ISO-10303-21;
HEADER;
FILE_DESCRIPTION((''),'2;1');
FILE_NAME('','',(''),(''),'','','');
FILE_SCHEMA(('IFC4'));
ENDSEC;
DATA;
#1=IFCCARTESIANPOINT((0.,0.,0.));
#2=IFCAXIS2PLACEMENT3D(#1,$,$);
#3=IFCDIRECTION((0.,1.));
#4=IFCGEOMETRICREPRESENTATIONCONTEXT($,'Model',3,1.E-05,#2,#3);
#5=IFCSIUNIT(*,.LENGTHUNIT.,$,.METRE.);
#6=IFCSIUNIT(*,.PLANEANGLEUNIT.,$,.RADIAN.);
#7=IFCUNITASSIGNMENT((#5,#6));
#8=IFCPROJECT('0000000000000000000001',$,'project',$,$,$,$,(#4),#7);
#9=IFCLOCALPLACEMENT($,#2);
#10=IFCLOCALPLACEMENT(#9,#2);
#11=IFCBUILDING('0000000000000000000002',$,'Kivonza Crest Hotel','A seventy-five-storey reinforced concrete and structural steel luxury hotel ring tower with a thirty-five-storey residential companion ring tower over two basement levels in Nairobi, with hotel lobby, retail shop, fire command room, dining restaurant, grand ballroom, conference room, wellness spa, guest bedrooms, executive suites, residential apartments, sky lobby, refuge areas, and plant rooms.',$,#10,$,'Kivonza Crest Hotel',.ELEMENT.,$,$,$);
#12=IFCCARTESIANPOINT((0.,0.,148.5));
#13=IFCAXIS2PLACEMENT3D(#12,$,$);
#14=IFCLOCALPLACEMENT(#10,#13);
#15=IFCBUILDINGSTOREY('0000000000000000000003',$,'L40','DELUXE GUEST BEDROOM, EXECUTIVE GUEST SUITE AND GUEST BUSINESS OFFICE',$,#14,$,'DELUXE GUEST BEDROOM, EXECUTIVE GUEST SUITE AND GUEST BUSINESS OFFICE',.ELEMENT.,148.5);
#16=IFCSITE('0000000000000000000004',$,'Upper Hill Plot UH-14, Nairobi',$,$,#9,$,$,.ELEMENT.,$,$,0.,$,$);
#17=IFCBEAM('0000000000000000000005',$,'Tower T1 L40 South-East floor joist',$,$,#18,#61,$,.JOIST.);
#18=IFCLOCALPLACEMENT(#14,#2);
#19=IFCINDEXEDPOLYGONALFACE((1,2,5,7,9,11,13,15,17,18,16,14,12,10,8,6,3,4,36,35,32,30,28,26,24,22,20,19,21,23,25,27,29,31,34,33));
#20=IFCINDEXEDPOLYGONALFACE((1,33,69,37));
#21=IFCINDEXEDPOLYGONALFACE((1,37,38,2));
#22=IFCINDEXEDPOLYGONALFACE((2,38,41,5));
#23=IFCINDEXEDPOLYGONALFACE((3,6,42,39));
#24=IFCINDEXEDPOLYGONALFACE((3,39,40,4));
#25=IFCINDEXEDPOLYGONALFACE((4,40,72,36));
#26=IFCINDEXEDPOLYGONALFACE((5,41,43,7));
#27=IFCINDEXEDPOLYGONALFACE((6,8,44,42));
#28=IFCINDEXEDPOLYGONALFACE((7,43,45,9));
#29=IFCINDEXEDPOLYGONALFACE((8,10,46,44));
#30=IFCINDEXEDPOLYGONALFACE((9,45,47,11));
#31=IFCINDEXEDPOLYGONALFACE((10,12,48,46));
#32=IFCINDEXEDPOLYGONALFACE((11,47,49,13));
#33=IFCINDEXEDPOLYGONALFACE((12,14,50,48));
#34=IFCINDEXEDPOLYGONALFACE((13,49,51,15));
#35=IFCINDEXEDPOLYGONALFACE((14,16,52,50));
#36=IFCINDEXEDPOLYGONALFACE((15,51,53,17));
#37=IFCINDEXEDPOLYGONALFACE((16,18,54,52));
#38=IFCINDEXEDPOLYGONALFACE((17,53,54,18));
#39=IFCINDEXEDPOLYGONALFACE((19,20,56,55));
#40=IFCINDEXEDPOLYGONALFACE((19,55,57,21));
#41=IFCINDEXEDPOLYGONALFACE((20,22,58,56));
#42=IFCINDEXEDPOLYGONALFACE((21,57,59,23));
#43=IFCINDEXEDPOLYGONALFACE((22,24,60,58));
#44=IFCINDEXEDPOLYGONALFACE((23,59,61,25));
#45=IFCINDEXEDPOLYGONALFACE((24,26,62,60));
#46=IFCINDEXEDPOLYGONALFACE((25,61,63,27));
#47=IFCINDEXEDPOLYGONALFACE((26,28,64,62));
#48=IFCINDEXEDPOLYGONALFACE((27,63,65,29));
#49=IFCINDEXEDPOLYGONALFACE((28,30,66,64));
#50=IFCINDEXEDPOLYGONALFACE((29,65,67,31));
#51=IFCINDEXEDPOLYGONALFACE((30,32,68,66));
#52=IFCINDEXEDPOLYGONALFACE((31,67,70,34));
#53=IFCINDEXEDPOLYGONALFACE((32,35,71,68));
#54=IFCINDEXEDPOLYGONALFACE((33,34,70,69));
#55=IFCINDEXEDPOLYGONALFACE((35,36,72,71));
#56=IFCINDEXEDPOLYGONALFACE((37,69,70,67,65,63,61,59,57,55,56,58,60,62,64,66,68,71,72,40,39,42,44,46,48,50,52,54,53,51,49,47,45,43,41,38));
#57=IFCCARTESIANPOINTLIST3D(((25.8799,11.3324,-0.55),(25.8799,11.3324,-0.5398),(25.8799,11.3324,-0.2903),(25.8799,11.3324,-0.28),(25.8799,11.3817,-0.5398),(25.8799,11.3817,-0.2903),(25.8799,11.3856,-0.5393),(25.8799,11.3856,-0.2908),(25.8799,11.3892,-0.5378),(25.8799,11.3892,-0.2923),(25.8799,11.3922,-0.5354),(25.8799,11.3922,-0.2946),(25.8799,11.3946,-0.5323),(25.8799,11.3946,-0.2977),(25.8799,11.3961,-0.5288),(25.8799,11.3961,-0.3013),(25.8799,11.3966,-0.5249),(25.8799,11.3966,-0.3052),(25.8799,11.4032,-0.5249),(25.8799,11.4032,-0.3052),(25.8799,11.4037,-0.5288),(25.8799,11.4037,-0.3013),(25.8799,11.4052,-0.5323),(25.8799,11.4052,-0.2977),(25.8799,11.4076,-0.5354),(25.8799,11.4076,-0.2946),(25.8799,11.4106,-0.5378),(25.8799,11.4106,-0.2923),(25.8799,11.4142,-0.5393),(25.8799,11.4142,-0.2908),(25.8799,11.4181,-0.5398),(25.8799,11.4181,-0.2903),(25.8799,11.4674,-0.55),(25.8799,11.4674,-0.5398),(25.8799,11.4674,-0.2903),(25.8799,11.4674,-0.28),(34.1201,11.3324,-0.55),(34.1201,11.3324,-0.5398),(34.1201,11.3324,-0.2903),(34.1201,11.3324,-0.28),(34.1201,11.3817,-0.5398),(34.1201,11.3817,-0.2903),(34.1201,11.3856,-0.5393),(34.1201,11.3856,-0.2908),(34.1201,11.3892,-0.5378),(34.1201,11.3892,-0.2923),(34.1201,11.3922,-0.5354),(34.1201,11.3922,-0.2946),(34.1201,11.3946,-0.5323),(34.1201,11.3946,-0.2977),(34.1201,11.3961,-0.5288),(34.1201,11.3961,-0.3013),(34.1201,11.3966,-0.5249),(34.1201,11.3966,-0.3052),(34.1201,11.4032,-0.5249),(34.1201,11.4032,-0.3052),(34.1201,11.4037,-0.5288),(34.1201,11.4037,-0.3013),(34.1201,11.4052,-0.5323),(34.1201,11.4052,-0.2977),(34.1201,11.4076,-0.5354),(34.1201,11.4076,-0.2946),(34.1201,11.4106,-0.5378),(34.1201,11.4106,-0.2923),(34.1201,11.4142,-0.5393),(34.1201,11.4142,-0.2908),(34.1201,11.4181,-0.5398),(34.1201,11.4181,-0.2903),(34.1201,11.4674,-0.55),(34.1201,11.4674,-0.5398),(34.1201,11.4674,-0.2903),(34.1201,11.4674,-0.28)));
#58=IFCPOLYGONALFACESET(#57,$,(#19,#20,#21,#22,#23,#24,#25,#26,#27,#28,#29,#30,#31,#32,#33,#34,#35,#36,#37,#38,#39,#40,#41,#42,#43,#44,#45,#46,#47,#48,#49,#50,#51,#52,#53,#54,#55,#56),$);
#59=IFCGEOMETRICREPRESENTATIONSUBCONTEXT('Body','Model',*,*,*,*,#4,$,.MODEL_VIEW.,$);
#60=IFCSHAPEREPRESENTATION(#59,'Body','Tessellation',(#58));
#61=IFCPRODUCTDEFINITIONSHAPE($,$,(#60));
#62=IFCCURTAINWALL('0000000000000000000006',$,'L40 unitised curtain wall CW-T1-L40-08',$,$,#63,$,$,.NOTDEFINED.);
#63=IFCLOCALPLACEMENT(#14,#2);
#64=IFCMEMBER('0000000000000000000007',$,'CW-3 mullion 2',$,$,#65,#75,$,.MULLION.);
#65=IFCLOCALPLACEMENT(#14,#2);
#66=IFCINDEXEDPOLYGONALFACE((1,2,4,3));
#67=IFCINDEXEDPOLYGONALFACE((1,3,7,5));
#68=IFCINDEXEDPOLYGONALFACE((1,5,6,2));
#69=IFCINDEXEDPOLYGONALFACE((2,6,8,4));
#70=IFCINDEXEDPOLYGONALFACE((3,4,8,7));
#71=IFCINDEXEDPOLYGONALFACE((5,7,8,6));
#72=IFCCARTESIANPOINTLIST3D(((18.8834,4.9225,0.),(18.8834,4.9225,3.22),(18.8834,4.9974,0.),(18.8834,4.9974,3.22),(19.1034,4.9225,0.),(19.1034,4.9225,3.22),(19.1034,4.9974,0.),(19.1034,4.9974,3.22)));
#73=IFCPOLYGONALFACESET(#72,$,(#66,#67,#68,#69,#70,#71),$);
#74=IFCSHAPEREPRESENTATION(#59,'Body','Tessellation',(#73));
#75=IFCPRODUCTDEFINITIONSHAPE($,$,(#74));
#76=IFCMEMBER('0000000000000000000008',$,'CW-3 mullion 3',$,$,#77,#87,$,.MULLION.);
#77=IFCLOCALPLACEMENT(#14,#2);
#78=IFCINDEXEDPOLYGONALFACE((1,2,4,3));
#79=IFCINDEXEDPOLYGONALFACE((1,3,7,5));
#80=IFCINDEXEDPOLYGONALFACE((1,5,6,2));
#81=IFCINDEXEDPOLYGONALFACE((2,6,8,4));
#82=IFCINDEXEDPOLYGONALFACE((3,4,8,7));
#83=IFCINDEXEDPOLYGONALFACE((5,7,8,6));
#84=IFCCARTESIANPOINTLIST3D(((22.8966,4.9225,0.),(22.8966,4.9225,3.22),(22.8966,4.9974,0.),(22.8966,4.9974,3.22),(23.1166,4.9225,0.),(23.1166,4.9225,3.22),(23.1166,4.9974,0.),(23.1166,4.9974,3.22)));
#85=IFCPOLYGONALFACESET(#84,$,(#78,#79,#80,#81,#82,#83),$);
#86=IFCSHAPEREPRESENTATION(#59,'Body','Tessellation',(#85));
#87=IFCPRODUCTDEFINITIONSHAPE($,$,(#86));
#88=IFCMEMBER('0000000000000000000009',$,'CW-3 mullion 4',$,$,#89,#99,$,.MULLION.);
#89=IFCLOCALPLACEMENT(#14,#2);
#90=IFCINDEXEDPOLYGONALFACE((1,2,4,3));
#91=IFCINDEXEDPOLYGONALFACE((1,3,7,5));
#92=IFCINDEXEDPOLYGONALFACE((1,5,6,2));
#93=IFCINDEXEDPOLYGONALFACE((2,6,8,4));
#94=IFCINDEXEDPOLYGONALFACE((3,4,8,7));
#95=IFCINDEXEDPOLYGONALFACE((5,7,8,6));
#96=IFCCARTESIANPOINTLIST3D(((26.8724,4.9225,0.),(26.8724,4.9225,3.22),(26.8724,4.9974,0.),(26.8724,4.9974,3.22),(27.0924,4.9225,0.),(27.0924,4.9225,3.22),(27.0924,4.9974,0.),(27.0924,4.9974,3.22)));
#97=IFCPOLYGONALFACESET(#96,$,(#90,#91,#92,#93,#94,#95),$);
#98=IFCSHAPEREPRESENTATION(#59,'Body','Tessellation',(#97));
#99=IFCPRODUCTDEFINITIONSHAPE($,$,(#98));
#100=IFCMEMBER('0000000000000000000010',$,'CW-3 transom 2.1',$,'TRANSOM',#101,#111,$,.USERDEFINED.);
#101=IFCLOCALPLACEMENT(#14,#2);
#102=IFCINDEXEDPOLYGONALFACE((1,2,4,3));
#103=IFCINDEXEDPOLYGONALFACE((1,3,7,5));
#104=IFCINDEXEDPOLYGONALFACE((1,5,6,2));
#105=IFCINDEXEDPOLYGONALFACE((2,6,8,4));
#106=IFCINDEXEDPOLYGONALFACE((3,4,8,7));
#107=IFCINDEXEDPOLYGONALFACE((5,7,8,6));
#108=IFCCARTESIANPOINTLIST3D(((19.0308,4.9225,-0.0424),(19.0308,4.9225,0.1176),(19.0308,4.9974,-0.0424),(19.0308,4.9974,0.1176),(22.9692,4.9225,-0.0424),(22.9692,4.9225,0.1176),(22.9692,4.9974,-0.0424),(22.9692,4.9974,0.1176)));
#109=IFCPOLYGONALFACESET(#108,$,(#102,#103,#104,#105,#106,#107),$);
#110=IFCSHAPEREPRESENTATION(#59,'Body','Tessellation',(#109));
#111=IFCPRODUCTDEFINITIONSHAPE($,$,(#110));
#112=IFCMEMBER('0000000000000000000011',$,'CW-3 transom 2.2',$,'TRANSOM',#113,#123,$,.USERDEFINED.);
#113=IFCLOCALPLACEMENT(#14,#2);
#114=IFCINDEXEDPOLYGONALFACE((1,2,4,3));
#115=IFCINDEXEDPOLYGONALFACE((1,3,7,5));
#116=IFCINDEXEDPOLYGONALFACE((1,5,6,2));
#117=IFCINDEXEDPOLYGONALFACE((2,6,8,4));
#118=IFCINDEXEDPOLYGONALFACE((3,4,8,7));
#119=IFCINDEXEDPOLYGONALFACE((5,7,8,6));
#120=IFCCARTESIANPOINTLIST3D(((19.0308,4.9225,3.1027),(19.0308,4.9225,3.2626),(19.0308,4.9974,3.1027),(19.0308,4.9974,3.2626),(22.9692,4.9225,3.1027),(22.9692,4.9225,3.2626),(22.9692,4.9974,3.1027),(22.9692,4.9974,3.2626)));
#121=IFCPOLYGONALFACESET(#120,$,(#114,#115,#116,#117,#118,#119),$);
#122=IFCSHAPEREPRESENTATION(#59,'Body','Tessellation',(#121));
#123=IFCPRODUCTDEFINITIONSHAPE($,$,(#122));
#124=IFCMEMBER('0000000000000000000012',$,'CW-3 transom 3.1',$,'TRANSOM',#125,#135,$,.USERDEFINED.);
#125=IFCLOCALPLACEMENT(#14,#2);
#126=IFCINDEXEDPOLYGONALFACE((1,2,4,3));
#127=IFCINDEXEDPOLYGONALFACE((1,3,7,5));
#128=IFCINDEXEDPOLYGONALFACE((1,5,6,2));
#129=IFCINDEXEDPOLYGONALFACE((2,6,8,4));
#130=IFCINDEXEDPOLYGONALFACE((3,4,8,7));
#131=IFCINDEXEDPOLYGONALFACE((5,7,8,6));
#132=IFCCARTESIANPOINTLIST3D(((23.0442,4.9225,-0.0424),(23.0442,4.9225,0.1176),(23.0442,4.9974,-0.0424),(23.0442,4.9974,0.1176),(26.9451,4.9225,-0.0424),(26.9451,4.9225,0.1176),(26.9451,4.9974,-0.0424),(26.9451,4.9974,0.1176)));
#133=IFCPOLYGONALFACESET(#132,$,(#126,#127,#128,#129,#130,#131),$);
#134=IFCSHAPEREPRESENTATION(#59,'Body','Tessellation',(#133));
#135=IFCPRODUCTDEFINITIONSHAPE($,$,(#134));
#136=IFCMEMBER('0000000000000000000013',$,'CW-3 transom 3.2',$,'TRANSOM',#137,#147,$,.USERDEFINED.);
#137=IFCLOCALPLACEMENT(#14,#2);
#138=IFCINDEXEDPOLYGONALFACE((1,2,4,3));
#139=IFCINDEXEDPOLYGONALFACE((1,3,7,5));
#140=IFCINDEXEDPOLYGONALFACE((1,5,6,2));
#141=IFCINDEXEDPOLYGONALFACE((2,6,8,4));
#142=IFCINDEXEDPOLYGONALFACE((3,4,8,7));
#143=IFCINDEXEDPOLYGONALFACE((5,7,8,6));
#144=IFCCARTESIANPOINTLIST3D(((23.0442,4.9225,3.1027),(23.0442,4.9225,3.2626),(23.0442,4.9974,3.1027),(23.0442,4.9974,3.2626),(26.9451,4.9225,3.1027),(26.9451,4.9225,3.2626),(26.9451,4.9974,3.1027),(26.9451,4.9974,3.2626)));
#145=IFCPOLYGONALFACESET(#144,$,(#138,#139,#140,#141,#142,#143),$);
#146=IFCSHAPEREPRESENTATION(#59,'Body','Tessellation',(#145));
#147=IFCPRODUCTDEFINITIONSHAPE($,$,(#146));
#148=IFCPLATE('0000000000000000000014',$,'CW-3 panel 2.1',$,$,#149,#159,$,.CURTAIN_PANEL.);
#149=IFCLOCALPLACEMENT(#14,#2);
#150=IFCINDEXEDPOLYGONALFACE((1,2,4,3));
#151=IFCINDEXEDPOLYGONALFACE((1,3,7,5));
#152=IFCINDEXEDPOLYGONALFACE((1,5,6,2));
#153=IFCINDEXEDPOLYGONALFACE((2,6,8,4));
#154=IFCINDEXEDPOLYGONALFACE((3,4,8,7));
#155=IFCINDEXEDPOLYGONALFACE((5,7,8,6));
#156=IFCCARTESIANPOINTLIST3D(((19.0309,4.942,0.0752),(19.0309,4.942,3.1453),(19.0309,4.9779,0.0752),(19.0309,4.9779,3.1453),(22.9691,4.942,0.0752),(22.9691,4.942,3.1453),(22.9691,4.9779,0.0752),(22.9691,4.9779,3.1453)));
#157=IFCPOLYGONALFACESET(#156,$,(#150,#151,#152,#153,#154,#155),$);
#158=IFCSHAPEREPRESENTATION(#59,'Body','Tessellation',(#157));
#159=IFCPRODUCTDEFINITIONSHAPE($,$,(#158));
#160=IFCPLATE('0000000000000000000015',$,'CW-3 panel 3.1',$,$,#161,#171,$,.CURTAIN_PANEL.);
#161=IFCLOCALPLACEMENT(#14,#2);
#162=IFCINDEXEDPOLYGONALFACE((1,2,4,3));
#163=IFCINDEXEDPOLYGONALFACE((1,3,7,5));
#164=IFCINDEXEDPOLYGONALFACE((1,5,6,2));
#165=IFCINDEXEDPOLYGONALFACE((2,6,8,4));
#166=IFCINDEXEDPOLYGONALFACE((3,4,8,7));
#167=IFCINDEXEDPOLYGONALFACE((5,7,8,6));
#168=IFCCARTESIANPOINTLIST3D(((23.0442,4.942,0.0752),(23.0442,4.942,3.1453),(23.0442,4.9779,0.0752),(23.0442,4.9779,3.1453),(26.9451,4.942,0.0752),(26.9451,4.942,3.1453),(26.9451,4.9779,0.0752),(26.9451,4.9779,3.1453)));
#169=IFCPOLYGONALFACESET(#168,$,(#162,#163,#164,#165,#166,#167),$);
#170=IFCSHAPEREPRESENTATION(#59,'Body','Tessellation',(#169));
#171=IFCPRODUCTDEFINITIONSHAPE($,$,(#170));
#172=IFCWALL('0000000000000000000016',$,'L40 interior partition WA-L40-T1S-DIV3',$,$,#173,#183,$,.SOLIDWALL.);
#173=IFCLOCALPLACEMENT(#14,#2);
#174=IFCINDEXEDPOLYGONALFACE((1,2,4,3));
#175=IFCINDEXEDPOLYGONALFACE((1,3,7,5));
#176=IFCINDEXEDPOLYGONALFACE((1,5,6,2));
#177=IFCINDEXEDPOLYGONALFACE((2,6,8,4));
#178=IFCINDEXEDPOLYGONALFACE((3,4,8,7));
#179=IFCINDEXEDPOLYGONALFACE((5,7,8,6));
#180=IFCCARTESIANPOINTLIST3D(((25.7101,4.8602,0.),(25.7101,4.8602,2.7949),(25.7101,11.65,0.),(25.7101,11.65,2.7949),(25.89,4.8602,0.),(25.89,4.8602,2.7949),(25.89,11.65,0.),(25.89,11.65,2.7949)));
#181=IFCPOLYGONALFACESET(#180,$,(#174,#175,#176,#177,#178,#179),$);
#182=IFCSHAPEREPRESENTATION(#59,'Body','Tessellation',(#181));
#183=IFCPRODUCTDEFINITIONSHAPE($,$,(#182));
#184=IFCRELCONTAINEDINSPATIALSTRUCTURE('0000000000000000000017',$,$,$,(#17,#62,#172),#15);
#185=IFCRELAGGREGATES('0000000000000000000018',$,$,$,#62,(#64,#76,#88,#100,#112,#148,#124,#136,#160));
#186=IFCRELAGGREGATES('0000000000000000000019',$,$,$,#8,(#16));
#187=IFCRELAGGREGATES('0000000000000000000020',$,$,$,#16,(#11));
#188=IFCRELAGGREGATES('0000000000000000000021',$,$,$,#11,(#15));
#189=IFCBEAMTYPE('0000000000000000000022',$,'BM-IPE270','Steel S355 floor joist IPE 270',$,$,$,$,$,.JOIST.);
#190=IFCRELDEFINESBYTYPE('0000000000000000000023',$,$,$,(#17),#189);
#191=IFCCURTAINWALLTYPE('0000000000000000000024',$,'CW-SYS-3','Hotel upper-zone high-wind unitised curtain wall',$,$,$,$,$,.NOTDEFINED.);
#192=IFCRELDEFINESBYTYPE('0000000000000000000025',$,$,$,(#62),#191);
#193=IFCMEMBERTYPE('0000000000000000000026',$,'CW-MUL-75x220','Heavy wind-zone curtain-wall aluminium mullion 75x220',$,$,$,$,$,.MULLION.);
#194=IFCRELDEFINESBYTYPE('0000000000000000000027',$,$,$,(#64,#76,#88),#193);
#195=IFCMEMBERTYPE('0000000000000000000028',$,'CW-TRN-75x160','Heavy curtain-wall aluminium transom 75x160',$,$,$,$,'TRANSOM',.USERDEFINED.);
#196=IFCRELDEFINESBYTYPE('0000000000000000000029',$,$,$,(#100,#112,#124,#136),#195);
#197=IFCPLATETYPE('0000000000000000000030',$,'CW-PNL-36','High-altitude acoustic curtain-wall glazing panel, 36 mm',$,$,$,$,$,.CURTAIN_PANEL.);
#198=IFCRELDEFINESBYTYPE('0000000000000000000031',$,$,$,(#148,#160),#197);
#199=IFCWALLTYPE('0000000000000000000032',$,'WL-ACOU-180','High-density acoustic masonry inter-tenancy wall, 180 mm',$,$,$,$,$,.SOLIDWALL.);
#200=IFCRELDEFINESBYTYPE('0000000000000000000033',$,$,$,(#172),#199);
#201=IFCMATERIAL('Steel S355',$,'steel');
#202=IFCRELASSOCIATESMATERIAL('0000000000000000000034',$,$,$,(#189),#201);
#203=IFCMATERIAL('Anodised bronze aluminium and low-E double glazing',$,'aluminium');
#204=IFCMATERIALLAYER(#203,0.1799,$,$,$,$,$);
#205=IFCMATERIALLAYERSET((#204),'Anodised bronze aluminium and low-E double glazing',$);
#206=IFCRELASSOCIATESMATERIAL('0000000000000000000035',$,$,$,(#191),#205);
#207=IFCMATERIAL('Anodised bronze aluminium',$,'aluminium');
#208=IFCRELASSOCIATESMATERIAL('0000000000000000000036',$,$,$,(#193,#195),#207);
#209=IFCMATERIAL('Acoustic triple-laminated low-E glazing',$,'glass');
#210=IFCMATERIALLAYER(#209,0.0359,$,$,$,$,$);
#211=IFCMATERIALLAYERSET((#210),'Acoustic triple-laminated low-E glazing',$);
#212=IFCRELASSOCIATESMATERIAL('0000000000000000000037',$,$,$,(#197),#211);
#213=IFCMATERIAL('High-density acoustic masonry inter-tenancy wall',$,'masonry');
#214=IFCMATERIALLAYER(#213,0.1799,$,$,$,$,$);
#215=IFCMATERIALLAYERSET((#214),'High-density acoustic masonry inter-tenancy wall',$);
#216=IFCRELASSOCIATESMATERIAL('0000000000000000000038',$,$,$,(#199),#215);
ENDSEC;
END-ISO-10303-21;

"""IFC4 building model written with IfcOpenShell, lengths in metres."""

from ifc_helpers import new_model, si_unit, direction, frame, frame_2d, origin, origin_2d, place, context, subcontext, project, spatial, rectangle, i_section, extrude, material, layer, layer_set, material_profile, profile_set, type_object, element, aggregate, save


model = new_model("IFC4")

# Units and contexts
model_context = context("Model", 3, precision=1e-05, world=origin(), true_north=direction((0.0, 1.0)))
body_context = subcontext(model_context, "Body", "Model", "MODEL_VIEW")
ifc_project = project(units=[si_unit("LENGTHUNIT", "METRE"), si_unit("PLANEANGLEUNIT", "RADIAN")], contexts=[model_context])

# Site, building, storey
site_placement = place(None, origin())
site = spatial("IfcSite", under=ifc_project, at=site_placement, Name="Upper Hill Plot UH-14, Nairobi", CompositionType="ELEMENT", RefElevation=0.0)
building_placement = place(site_placement, origin())
building = spatial("IfcBuilding", under=site, at=building_placement, Name="Kivonza Crest Hotel", Description="A seventy-five-storey reinforced concrete and structural steel luxury hotel ring tower with a thirty-five-storey residential companion ring tower over two basement levels in Nairobi, with hotel lobby, retail shop, fire command room, dining restaurant, grand ballroom, conference room, wellness spa, guest bedrooms, executive suites, residential apartments, sky lobby, refuge areas, and plant rooms.", LongName="Kivonza Crest Hotel", CompositionType="ELEMENT")
storey_placement = place(building_placement, frame((0.0, 0.0, 148.5)))
storey = spatial("IfcBuildingStorey", under=building, at=storey_placement, Name="L40", Description="DELUXE GUEST BEDROOM, EXECUTIVE GUEST SUITE AND GUEST BUSINESS OFFICE", LongName="DELUXE GUEST BEDROOM, EXECUTIVE GUEST SUITE AND GUEST BUSINESS OFFICE", CompositionType="ELEMENT", Elevation=148.5)

# Beam
ifc_material_1 = material(Name="Steel S355", Category="steel")
ifc_material_profile_1 = material_profile(ifc_material_1, i_section(OverallWidth=0.135, OverallDepth=0.27, WebThickness=0.0066, FlangeThickness=0.0103, FilletRadius=0.0149, at=origin_2d()), Name="IPE 270")
ifc_profile_set_1 = profile_set([ifc_material_profile_1], Name="Steel S355")
beam_type_1 = type_object("IfcBeamType", Name="BM-IPE270", Description="Steel S355 floor joist IPE 270", PredefinedType="JOIST", material=ifc_profile_set_1)
beam_1_placement = place(storey_placement, frame((25.8799, 11.3999, -0.415), z_axis=(1.0, 0.0, 0.0), x_axis=(0.0, 1.0, 0.0)))
element("IfcBeam", 1, at=beam_1_placement, inside=storey, type_object=beam_type_1, Name="Tower T1 L40 South-East floor joist", PredefinedType="JOIST", context=body_context, shape_type="SweptSolid", body=[
    extrude(i_section(OverallWidth=0.135, OverallDepth=0.27, WebThickness=0.0066, FlangeThickness=0.0103, FilletRadius=0.0149, at=origin_2d()), origin(), (0.0, 0.0, 1.0), 8.2402),
])

# Curtain wall, members, plates
ifc_material_2 = material(Name="Anodised bronze aluminium and low-E double glazing", Category="aluminium")
ifc_layer_1 = layer(ifc_material_2, 0.1799)
ifc_layer_set_1 = layer_set([ifc_layer_1], Name="Anodised bronze aluminium and low-E double glazing")
curtain_wall_type = type_object("IfcCurtainWallType", Name="CW-SYS-3", Description="Hotel upper-zone high-wind unitised curtain wall", PredefinedType="NOTDEFINED", material=ifc_layer_set_1)
curtain_wall_placement = place(storey_placement, origin())
curtain_wall = element("IfcCurtainWall", 2, at=curtain_wall_placement, inside=storey, type_object=curtain_wall_type, Name="L40 unitised curtain wall CW-T1-L40-08", PredefinedType="NOTDEFINED")
ifc_material_3 = material(Name="Anodised bronze aluminium", Category="aluminium")
ifc_material_profile_2 = material_profile(ifc_material_3, rectangle(XDim=0.075, YDim=0.22, at=origin_2d()), Name="CW-M 75x220")
ifc_profile_set_2 = profile_set([ifc_material_profile_2], Name="Anodised bronze aluminium")
member_type_1 = type_object("IfcMemberType", Name="CW-MUL-75x220", Description="Heavy wind-zone curtain-wall aluminium mullion 75x220", PredefinedType="MULLION", material=ifc_profile_set_2)
member_1_placement = place(storey_placement, frame((18.9934, 4.96, 0.0), z_axis=(0.0, 0.0, 1.0), x_axis=(0.0, 1.0, 0.0)))
member_1 = element("IfcMember", 3, at=member_1_placement, type_object=member_type_1, Name="CW-3 mullion 2", PredefinedType="MULLION", context=body_context, shape_type="SweptSolid", body=[
    extrude(rectangle(XDim=0.075, YDim=0.22, at=origin_2d()), origin(), (0.0, 0.0, 1.0), 3.22),
])
member_2_placement = place(storey_placement, frame((23.0066, 4.96, 0.0), z_axis=(0.0, 0.0, 1.0), x_axis=(0.0, 1.0, 0.0)))
member_2 = element("IfcMember", 4, at=member_2_placement, type_object=member_type_1, Name="CW-3 mullion 3", PredefinedType="MULLION", context=body_context, shape_type="SweptSolid", body=[
    extrude(rectangle(XDim=0.075, YDim=0.22, at=origin_2d()), origin(), (0.0, 0.0, 1.0), 3.22),
])
member_3_placement = place(storey_placement, frame((26.9824, 4.96, 0.0), z_axis=(0.0, 0.0, 1.0), x_axis=(0.0, 1.0, 0.0)))
member_3 = element("IfcMember", 5, at=member_3_placement, type_object=member_type_1, Name="CW-3 mullion 4", PredefinedType="MULLION", context=body_context, shape_type="SweptSolid", body=[
    extrude(rectangle(XDim=0.075, YDim=0.22, at=origin_2d()), origin(), (0.0, 0.0, 1.0), 3.22),
])
ifc_material_profile_3 = material_profile(ifc_material_3, rectangle(XDim=0.075, YDim=0.1599, at=origin_2d()), Name="CW-T 75x160")
ifc_profile_set_3 = profile_set([ifc_material_profile_3], Name="Anodised bronze aluminium")
member_type_2 = type_object("IfcMemberType", Name="CW-TRN-75x160", Description="Heavy curtain-wall aluminium transom 75x160", ElementType="TRANSOM", PredefinedType="USERDEFINED", material=ifc_profile_set_3)
member_4_placement = place(storey_placement, frame((19.0308, 4.96, 0.0376), z_axis=(1.0, 0.0, 0.0), x_axis=(0.0, 1.0, 0.0)))
member_4 = element("IfcMember", 6, at=member_4_placement, type_object=member_type_2, Name="CW-3 transom 2.1", ObjectType="TRANSOM", PredefinedType="USERDEFINED", context=body_context, shape_type="SweptSolid", body=[
    extrude(rectangle(XDim=0.075, YDim=0.1599, at=origin_2d()), origin(), (0.0, 0.0, 1.0), 3.9385),
])
member_5_placement = place(storey_placement, frame((19.0308, 4.96, 3.1826), z_axis=(1.0, 0.0, 0.0), x_axis=(0.0, 1.0, 0.0)))
member_5 = element("IfcMember", 7, at=member_5_placement, type_object=member_type_2, Name="CW-3 transom 2.2", ObjectType="TRANSOM", PredefinedType="USERDEFINED", context=body_context, shape_type="SweptSolid", body=[
    extrude(rectangle(XDim=0.075, YDim=0.1599, at=origin_2d()), origin(), (0.0, 0.0, 1.0), 3.9385),
])
member_6_placement = place(storey_placement, frame((23.0442, 4.96, 0.0376), z_axis=(1.0, 0.0, 0.0), x_axis=(0.0, 1.0, 0.0)))
member_6 = element("IfcMember", 8, at=member_6_placement, type_object=member_type_2, Name="CW-3 transom 3.1", ObjectType="TRANSOM", PredefinedType="USERDEFINED", context=body_context, shape_type="SweptSolid", body=[
    extrude(rectangle(XDim=0.075, YDim=0.1599, at=origin_2d()), origin(), (0.0, 0.0, 1.0), 3.9009),
])
member_7_placement = place(storey_placement, frame((23.0442, 4.96, 3.1826), z_axis=(1.0, 0.0, 0.0), x_axis=(0.0, 1.0, 0.0)))
member_7 = element("IfcMember", 9, at=member_7_placement, type_object=member_type_2, Name="CW-3 transom 3.2", ObjectType="TRANSOM", PredefinedType="USERDEFINED", context=body_context, shape_type="SweptSolid", body=[
    extrude(rectangle(XDim=0.075, YDim=0.1599, at=origin_2d()), origin(), (0.0, 0.0, 1.0), 3.9009),
])
ifc_material_4 = material(Name="Acoustic triple-laminated low-E glazing", Category="glass")
ifc_layer_2 = layer(ifc_material_4, 0.0359)
ifc_layer_set_2 = layer_set([ifc_layer_2], Name="Acoustic triple-laminated low-E glazing")
plate_type = type_object("IfcPlateType", Name="CW-PNL-36", Description="High-altitude acoustic curtain-wall glazing panel, 36 mm", PredefinedType="CURTAIN_PANEL", material=ifc_layer_set_2)
plate_1_placement = place(storey_placement, frame((21.0, 4.96, 0.0752), z_axis=(0.0, 0.0, 1.0), x_axis=(1.0, 0.0, 0.0)))
plate_1 = element("IfcPlate", 10, at=plate_1_placement, type_object=plate_type, Name="CW-3 panel 2.1", PredefinedType="CURTAIN_PANEL", context=body_context, shape_type="SweptSolid", body=[
    extrude(rectangle(XDim=3.9382, YDim=0.0359, at=origin_2d()), origin(), (0.0, 0.0, 1.0), 3.0701),
])
plate_2_placement = place(storey_placement, frame((24.9946, 4.96, 0.0752), z_axis=(0.0, 0.0, 1.0), x_axis=(1.0, 0.0, 0.0)))
plate_2 = element("IfcPlate", 11, at=plate_2_placement, type_object=plate_type, Name="CW-3 panel 3.1", PredefinedType="CURTAIN_PANEL", context=body_context, shape_type="SweptSolid", body=[
    extrude(rectangle(XDim=3.9009, YDim=0.0359, at=origin_2d()), origin(), (0.0, 0.0, 1.0), 3.0701),
])
aggregate(curtain_wall, [member_1, member_2, member_3, member_4, member_5, plate_1, member_6, member_7, plate_2])

# Wall
ifc_material_5 = material(Name="High-density acoustic masonry inter-tenancy wall", Category="masonry")
ifc_layer_3 = layer(ifc_material_5, 0.1799)
ifc_layer_set_3 = layer_set([ifc_layer_3], Name="High-density acoustic masonry inter-tenancy wall")
wall_type_1 = type_object("IfcWallType", Name="WL-ACOU-180", Description="High-density acoustic masonry inter-tenancy wall, 180 mm", PredefinedType="SOLIDWALL", material=ifc_layer_set_3)
wall_1_placement = place(storey_placement, frame((25.8, 4.8601, 0.0), z_axis=(0.0, 0.0, 1.0), x_axis=(0.0, 1.0, 0.0)))
element("IfcWall", 12, at=wall_1_placement, inside=storey, type_object=wall_type_1, Name="L40 interior partition WA-L40-T1S-DIV3", PredefinedType="SOLIDWALL", context=body_context, shape_type="SweptSolid", body=[
    extrude(rectangle(XDim=6.7898, YDim=0.1799, at=frame_2d((3.395, 0.0))), origin(), (0.0, 0.0, 1.0), 2.7949),
])

save(model, "model.ifc")
